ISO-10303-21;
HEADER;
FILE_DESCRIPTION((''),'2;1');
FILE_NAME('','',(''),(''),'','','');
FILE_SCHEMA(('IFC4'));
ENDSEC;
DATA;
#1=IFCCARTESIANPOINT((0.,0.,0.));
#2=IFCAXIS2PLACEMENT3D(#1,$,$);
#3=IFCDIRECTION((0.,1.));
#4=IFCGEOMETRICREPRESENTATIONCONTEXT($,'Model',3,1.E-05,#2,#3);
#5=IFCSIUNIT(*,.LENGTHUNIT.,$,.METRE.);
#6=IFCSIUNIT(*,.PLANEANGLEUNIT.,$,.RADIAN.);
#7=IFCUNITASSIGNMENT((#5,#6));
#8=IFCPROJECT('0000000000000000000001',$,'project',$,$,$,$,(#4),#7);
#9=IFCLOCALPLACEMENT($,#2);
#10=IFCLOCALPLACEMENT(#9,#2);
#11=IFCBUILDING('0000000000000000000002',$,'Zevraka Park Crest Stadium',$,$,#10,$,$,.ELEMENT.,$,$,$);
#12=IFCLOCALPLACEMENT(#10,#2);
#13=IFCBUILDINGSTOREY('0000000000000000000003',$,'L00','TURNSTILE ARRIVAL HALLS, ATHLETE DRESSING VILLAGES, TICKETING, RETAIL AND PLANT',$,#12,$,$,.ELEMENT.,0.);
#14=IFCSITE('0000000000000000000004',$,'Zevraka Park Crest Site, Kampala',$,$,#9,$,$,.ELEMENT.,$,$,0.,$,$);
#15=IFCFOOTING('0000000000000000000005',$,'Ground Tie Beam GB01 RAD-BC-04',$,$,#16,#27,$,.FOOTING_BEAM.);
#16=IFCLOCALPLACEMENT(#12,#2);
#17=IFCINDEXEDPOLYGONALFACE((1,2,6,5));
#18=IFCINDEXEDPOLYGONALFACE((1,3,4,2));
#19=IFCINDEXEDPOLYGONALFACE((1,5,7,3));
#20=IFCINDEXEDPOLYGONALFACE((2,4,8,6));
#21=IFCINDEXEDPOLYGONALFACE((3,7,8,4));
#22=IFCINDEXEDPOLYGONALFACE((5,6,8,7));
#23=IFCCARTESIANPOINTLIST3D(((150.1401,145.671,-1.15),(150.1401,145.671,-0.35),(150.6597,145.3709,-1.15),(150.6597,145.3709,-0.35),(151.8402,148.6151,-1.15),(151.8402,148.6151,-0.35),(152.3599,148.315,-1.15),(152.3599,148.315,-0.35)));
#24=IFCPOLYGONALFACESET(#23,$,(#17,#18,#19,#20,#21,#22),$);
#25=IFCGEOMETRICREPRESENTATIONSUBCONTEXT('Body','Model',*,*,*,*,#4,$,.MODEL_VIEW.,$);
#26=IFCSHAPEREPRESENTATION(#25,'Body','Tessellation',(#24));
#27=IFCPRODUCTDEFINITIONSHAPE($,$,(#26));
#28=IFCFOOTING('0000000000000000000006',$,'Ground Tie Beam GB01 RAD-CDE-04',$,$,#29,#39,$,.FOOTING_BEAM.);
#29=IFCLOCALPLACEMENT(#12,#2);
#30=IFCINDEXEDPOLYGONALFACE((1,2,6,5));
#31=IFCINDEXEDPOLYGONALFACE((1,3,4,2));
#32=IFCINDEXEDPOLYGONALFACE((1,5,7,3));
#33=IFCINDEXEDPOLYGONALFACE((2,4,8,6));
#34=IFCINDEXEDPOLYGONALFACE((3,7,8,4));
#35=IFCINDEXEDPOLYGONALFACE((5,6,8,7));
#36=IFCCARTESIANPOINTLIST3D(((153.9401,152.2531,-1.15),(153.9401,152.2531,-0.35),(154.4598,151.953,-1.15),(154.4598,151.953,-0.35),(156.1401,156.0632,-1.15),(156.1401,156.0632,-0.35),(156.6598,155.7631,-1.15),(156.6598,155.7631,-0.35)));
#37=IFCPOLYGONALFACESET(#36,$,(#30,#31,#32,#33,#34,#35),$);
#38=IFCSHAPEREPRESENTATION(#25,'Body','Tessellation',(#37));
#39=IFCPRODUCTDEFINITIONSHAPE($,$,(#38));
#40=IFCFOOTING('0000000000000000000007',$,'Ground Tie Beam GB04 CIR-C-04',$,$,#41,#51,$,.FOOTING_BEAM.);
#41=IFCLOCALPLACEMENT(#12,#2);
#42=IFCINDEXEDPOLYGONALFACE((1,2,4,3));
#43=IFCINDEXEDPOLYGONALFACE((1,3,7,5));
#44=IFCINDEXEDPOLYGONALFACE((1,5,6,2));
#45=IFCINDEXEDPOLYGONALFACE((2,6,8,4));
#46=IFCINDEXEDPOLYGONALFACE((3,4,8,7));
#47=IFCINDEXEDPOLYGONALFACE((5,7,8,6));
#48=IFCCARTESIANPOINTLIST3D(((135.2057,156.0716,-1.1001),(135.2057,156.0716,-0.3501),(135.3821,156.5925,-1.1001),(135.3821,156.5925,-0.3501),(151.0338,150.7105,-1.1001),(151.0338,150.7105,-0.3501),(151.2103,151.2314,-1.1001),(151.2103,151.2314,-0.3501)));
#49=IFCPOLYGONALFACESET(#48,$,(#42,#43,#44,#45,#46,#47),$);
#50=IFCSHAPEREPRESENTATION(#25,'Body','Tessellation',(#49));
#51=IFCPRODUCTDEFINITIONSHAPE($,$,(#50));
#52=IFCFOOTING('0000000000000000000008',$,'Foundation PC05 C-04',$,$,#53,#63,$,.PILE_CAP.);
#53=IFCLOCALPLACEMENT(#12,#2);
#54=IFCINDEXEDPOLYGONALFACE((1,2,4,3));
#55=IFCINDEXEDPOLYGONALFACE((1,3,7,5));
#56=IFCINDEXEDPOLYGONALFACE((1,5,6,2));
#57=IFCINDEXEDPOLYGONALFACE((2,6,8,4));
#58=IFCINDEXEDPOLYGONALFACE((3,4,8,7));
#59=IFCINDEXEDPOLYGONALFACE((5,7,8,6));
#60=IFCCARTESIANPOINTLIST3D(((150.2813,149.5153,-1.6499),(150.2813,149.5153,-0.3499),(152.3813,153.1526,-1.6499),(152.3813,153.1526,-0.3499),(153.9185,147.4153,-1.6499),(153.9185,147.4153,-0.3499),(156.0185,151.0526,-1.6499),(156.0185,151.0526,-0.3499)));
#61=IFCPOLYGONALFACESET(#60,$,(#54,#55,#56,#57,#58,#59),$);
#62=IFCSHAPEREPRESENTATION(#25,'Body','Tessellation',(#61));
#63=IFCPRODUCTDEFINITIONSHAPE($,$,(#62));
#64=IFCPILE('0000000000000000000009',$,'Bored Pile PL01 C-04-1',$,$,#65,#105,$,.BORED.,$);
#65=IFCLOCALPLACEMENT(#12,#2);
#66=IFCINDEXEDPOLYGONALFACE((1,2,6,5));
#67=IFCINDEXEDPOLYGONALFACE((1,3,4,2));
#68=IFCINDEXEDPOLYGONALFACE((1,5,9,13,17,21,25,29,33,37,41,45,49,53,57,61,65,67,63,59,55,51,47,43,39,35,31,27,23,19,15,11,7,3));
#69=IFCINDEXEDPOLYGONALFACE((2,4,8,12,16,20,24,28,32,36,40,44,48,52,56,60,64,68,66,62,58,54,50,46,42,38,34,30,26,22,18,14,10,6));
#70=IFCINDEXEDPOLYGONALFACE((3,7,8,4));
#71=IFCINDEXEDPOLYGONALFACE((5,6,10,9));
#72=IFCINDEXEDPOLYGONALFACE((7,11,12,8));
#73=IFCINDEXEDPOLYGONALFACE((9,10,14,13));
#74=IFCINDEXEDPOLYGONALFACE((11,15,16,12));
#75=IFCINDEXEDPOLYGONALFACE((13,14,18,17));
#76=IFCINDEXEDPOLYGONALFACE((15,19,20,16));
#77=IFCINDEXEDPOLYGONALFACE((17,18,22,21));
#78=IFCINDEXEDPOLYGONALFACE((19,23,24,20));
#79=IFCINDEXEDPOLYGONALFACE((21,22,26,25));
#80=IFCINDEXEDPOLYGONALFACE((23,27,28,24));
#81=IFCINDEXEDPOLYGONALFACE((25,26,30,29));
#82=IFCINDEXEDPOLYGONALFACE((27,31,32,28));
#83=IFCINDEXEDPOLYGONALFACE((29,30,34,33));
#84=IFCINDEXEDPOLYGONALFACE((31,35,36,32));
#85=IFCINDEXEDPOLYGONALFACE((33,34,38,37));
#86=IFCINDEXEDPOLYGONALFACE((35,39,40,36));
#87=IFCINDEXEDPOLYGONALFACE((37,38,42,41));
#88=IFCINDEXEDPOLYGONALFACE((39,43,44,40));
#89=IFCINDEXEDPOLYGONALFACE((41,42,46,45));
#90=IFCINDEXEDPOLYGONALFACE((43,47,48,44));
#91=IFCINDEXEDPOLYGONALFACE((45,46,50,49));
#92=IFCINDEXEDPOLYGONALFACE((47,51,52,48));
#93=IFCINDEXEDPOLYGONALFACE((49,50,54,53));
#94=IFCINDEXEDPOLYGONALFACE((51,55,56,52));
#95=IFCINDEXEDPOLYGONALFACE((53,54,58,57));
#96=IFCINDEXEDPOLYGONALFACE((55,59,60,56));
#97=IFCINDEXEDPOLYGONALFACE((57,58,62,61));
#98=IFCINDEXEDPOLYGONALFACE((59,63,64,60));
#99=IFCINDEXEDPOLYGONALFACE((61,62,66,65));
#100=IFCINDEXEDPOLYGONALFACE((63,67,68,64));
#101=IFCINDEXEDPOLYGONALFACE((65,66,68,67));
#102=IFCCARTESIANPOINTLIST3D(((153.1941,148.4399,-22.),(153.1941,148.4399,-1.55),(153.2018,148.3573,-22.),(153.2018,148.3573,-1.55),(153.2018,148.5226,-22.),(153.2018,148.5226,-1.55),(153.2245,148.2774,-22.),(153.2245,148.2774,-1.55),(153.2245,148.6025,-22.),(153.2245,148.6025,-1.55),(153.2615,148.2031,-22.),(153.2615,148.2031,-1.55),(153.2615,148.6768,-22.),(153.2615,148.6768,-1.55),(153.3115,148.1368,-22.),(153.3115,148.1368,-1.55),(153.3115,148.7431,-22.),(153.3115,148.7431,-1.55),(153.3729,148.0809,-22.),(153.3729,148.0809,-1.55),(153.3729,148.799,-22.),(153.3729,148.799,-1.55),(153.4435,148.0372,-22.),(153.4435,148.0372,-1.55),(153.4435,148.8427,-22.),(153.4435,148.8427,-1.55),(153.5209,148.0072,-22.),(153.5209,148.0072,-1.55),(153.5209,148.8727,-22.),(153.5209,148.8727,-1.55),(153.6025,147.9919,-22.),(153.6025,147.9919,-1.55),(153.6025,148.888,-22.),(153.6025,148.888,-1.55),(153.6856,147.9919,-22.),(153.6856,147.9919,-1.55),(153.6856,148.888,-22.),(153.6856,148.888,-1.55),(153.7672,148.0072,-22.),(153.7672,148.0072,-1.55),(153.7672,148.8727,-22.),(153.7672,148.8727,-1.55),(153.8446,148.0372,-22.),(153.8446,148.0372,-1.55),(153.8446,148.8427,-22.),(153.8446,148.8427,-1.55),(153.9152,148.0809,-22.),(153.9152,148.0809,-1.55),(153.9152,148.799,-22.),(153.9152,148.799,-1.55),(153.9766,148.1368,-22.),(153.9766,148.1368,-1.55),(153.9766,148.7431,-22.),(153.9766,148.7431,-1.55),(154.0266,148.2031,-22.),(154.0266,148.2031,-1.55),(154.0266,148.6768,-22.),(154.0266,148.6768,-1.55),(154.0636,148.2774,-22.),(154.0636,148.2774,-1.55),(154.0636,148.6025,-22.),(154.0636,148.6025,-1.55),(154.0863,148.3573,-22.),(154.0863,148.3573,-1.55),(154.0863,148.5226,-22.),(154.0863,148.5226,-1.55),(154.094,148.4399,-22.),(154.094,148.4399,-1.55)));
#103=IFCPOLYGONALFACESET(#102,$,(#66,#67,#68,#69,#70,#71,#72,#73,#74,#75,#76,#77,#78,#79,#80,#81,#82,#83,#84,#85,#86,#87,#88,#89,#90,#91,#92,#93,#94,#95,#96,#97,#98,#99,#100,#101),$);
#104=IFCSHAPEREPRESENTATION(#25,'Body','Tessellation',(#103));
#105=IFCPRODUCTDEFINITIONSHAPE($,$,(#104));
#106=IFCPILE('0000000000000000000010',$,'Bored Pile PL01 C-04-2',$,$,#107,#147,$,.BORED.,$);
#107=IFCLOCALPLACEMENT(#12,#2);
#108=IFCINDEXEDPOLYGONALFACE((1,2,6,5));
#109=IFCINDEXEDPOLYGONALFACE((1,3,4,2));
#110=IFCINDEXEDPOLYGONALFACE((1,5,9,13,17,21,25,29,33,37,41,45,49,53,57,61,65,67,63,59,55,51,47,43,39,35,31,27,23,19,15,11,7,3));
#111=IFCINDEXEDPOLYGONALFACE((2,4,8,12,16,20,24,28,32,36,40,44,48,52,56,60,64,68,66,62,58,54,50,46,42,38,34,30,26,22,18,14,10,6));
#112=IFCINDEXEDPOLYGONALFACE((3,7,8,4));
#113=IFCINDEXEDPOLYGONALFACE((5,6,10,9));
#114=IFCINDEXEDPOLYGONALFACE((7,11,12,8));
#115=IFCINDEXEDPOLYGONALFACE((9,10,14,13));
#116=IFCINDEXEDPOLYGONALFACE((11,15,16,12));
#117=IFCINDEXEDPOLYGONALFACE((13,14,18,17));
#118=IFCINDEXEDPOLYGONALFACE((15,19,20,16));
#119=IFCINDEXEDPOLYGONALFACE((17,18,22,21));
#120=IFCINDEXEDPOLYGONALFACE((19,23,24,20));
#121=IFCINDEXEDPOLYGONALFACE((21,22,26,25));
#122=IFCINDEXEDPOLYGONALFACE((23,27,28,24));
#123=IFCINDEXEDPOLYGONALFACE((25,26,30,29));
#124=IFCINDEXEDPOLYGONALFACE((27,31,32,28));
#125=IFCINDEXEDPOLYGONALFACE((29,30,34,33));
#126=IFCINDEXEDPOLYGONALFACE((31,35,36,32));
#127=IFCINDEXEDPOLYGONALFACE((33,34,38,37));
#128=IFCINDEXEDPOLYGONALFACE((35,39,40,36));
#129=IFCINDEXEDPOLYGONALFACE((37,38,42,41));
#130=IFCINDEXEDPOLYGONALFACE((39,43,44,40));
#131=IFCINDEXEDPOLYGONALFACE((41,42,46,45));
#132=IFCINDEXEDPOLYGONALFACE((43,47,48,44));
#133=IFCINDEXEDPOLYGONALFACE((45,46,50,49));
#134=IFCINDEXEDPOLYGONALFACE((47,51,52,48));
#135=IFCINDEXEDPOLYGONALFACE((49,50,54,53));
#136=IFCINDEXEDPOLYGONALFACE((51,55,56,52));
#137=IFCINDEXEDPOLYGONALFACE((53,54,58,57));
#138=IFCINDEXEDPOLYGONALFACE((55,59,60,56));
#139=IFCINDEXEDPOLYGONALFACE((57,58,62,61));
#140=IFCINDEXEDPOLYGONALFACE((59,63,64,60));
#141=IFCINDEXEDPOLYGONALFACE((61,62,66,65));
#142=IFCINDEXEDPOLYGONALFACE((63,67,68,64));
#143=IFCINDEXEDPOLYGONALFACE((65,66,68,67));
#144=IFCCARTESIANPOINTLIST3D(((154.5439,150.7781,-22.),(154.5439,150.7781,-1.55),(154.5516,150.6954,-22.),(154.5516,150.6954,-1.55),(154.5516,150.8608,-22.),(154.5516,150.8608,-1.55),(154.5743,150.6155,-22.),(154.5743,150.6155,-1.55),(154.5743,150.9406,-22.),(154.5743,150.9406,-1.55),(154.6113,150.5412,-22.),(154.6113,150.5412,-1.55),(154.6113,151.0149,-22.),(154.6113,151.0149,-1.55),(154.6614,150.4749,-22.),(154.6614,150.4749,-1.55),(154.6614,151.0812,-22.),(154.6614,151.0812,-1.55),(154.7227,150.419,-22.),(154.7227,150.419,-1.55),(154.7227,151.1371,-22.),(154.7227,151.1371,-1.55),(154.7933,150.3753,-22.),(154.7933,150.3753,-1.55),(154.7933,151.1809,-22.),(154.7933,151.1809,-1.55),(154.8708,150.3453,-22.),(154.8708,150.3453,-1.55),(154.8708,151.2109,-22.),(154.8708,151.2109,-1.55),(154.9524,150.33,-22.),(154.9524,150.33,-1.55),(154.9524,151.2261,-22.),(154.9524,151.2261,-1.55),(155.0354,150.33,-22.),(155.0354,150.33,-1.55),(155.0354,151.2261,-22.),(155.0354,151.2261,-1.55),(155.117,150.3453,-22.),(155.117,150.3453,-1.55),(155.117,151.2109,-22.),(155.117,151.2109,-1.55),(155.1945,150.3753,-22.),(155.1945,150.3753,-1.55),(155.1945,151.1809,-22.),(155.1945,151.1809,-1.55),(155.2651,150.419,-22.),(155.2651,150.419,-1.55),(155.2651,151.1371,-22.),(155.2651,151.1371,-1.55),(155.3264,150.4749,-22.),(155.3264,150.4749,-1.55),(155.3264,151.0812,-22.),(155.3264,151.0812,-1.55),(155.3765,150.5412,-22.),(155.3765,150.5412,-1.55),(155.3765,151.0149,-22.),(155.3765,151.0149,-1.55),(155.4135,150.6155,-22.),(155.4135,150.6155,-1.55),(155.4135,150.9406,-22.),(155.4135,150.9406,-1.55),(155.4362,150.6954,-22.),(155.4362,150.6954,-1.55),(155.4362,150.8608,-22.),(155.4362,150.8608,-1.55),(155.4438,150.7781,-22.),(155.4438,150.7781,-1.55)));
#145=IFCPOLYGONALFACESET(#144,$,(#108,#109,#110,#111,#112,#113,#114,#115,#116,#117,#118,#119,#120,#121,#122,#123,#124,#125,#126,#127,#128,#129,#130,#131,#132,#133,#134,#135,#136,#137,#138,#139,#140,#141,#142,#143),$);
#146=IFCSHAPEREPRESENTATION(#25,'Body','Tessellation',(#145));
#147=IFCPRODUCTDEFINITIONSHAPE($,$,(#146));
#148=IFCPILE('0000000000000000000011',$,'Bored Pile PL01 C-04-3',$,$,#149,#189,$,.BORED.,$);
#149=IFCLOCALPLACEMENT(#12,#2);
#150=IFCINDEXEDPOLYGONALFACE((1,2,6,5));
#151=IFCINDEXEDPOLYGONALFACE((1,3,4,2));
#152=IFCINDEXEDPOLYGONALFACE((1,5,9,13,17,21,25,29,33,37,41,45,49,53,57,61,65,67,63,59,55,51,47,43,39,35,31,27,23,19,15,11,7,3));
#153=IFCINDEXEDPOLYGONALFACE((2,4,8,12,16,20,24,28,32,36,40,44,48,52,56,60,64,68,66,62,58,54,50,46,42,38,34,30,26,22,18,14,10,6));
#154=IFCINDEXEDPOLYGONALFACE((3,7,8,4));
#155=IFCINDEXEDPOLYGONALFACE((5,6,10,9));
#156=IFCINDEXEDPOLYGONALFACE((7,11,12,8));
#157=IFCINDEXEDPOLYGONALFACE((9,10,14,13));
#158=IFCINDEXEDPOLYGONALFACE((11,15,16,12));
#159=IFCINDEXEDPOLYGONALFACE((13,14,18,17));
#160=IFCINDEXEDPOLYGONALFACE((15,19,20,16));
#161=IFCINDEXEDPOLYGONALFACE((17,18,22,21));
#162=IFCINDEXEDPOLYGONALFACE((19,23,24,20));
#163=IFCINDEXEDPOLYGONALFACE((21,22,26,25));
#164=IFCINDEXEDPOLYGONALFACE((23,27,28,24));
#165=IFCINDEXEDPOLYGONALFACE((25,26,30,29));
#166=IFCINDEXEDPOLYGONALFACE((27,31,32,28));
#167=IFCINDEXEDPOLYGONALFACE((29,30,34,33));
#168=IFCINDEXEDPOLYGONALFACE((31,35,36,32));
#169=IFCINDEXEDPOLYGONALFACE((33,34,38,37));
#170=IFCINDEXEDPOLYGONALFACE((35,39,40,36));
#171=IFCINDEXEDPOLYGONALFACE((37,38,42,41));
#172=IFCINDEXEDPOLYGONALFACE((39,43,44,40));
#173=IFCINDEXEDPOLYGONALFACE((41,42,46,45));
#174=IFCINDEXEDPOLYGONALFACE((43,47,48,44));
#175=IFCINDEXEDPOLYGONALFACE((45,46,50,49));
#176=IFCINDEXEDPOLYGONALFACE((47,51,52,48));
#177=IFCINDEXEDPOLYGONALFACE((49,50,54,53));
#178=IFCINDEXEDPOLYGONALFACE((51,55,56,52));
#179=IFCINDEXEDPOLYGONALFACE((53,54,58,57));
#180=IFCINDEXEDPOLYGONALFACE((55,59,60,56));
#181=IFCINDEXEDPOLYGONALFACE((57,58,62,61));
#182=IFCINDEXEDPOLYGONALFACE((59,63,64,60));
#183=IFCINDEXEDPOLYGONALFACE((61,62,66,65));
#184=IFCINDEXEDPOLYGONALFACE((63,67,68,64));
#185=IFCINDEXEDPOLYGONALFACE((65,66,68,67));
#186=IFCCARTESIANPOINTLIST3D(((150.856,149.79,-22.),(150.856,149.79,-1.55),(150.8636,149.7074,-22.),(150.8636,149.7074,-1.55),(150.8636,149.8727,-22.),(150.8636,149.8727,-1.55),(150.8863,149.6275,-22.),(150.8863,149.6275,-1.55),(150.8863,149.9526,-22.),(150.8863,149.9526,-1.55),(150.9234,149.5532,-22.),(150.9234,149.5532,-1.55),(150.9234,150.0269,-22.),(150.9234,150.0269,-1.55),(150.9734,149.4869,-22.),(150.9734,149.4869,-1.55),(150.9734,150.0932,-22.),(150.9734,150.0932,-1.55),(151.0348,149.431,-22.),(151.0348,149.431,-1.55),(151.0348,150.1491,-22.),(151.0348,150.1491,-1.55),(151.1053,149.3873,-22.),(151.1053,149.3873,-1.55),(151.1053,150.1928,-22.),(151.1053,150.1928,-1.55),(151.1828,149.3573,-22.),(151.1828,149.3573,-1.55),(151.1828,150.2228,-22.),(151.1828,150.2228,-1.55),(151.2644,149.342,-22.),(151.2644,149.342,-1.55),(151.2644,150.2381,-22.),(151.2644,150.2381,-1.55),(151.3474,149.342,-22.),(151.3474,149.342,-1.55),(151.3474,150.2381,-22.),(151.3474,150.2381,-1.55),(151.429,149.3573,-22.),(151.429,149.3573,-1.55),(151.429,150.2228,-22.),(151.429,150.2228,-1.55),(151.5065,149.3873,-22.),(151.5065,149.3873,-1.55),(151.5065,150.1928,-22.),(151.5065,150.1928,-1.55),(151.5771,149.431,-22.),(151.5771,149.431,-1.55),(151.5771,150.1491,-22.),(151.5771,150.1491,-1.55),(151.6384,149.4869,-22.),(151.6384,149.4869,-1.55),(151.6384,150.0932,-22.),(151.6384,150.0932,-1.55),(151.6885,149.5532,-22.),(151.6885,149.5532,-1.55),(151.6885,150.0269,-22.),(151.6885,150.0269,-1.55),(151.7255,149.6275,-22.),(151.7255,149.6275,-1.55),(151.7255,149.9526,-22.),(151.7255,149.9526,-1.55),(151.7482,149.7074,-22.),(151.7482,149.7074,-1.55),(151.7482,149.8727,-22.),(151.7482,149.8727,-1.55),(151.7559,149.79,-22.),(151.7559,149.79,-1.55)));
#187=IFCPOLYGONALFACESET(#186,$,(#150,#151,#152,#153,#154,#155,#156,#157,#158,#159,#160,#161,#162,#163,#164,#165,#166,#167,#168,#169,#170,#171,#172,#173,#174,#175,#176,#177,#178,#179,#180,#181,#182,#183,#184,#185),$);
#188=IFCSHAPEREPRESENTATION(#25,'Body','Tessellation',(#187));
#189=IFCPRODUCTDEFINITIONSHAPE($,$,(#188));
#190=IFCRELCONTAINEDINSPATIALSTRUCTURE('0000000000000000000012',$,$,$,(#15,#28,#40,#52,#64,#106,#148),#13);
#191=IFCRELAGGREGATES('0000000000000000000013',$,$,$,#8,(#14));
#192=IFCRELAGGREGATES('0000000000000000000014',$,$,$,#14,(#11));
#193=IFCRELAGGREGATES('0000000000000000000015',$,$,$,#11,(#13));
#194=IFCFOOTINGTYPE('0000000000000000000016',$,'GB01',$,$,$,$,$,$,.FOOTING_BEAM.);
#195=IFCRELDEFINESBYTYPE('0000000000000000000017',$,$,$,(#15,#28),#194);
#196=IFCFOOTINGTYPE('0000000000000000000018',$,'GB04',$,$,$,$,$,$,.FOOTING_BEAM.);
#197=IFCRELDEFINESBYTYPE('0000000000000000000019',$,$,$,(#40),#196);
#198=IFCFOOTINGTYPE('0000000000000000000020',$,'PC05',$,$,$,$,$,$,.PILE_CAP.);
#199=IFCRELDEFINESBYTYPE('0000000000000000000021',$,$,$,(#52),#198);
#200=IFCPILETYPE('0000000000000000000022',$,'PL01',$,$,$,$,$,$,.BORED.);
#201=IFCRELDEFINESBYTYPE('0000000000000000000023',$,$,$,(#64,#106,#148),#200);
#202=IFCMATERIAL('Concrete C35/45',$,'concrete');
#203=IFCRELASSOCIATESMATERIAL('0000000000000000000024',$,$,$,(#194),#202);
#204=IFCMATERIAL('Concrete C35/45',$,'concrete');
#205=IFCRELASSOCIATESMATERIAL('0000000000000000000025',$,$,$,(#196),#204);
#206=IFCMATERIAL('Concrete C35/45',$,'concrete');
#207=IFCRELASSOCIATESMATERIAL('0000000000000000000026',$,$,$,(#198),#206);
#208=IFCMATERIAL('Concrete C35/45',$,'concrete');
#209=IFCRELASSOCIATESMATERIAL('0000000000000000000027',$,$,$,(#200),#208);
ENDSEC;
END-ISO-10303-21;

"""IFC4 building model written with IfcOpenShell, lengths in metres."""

from ifc_helpers import new_model, si_unit, direction, frame, origin, origin_2d, place, context, subcontext, project, spatial, rectangle, circle, extrude, material, material_profile, profile_set, type_object, element, save


model = new_model("IFC4")

# Units and contexts
model_context = context("Model", 3, precision=1e-05, world=origin(), true_north=direction((0.0, 1.0)))
body_context = subcontext(model_context, "Body", "Model", "MODEL_VIEW")
ifc_project = project(units=[si_unit("LENGTHUNIT", "METRE"), si_unit("PLANEANGLEUNIT", "RADIAN")], contexts=[model_context])

# Site, building, storey
site_placement = place(None, origin())
site = spatial("IfcSite", under=ifc_project, at=site_placement, Name="Zevraka Park Crest Site, Kampala", CompositionType="ELEMENT", RefElevation=0.0)
building_placement = place(site_placement, origin())
building = spatial("IfcBuilding", under=site, at=building_placement, Name="Zevraka Park Crest Stadium", CompositionType="ELEMENT")
storey_placement = place(building_placement, origin())
storey = spatial("IfcBuildingStorey", under=building, at=storey_placement, Name="L00", Description="TURNSTILE ARRIVAL HALLS, ATHLETE DRESSING VILLAGES, TICKETING, RETAIL AND PLANT", CompositionType="ELEMENT", Elevation=0.0)

# Footings
ifc_material_1 = material(Name="Concrete C35/45", Category="concrete")
ifc_material_profile_1 = material_profile(ifc_material_1, rectangle(XDim=0.6001, YDim=0.8, at=origin_2d()), Name="GB 800x600")
ifc_profile_set_1 = profile_set([ifc_material_profile_1], Name="Concrete C35/45")
footing_type_1 = type_object("IfcFootingType", Name="GB01", PredefinedType="FOOTING_BEAM", material=ifc_profile_set_1)
footing_1_placement = place(storey_placement, frame((150.3999, 145.521, -0.75), z_axis=(0.500093, 0.865972, 0.0), x_axis=(-0.865972, 0.500093, 0.0)))
element("IfcFooting", 1, at=footing_1_placement, inside=storey, type_object=footing_type_1, Name="Ground Tie Beam GB01 RAD-BC-04", PredefinedType="FOOTING_BEAM", context=body_context, shape_type="SweptSolid", body=[
    extrude(rectangle(XDim=0.6001, YDim=0.8, at=origin_2d()), origin(), (0.0, 0.0, 1.0), 3.3997),
])
footing_2_placement = place(storey_placement, frame((154.2, 152.103, -0.75), z_axis=(0.500036, 0.866004, 0.0), x_axis=(-0.866004, 0.500036, 0.0)))
element("IfcFooting", 2, at=footing_2_placement, inside=storey, type_object=footing_type_1, Name="Ground Tie Beam GB01 RAD-CDE-04", PredefinedType="FOOTING_BEAM", context=body_context, shape_type="SweptSolid", body=[
    extrude(rectangle(XDim=0.6001, YDim=0.8, at=origin_2d()), origin(), (0.0, 0.0, 1.0), 4.3997),
])
ifc_material_2 = material(Name="Concrete C35/45", Category="concrete")
ifc_material_profile_2 = material_profile(ifc_material_2, rectangle(XDim=0.55, YDim=0.75, at=origin_2d()), Name="GB 750x550")
ifc_profile_set_2 = profile_set([ifc_material_profile_2], Name="Concrete C35/45")
footing_type_2 = type_object("IfcFootingType", Name="GB04", PredefinedType="FOOTING_BEAM", material=ifc_profile_set_2)
footing_3_placement = place(storey_placement, frame((151.1221, 150.9709, -0.7251), z_axis=(-0.947146, 0.320804, 0.0), x_axis=(-0.320804, -0.947146, 0.0)))
element("IfcFooting", 3, at=footing_3_placement, inside=storey, type_object=footing_type_2, Name="Ground Tie Beam GB04 CIR-C-04", PredefinedType="FOOTING_BEAM", context=body_context, shape_type="SweptSolid", body=[
    extrude(rectangle(XDim=0.55, YDim=0.75, at=origin_2d()), origin(), (0.0, 0.0, 1.0), 16.7114),
])
ifc_material_3 = material(Name="Concrete C35/45", Category="concrete")
footing_type_3 = type_object("IfcFootingType", Name="PC05", PredefinedType="PILE_CAP", material=ifc_material_3)
footing_4_placement = place(storey_placement, frame((153.1499, 150.2839, -1.6499), z_axis=(0.0, 0.0, 1.0), x_axis=(0.5, 0.866025, 0.0)))
element("IfcFooting", 4, at=footing_4_placement, inside=storey, type_object=footing_type_3, Name="Foundation PC05 C-04", PredefinedType="PILE_CAP", context=body_context, shape_type="SweptSolid", body=[
    extrude(rectangle(XDim=4.2, YDim=4.2, at=origin_2d()), origin(), (0.0, 0.0, 1.0), 1.3),
])

# Piles
ifc_material_4 = material(Name="Concrete C35/45", Category="concrete")
ifc_material_profile_3 = material_profile(ifc_material_4, circle(Radius=0.45, at=origin_2d()), Name="PILE D900")
ifc_profile_set_3 = profile_set([ifc_material_profile_3], Name="Concrete C35/45")
pile_type_1 = type_object("IfcPileType", Name="PL01", PredefinedType="BORED", material=ifc_profile_set_3)
for number, where, z_axis, x_axis, name in (
    (5, (153.644, 148.4399, -1.55), (0.0, 0.0, -1.0), (1.0, 0.0, 0.0), "Bored Pile PL01 C-04-1"),
    (6, (154.9939, 150.7781, -1.55), (0.0, 0.0, -1.0), (1.0, 0.0, 0.0), "Bored Pile PL01 C-04-2"),
    (7, (151.3059, 149.79, -1.55), (0.0, 0.0, -1.0), (1.0, 0.0, 0.0), "Bored Pile PL01 C-04-3"),
):
    element("IfcPile", number, at=place(storey_placement, frame(where, z_axis=z_axis, x_axis=x_axis)), inside=storey, type_object=pile_type_1, Name=name, PredefinedType="BORED", context=body_context, shape_type="SweptSolid", body=[
        extrude(circle(Radius=0.45, at=origin_2d()), origin(), (0.0, 0.0, 1.0), 20.45),
    ])

save(model, "model.ifc")
